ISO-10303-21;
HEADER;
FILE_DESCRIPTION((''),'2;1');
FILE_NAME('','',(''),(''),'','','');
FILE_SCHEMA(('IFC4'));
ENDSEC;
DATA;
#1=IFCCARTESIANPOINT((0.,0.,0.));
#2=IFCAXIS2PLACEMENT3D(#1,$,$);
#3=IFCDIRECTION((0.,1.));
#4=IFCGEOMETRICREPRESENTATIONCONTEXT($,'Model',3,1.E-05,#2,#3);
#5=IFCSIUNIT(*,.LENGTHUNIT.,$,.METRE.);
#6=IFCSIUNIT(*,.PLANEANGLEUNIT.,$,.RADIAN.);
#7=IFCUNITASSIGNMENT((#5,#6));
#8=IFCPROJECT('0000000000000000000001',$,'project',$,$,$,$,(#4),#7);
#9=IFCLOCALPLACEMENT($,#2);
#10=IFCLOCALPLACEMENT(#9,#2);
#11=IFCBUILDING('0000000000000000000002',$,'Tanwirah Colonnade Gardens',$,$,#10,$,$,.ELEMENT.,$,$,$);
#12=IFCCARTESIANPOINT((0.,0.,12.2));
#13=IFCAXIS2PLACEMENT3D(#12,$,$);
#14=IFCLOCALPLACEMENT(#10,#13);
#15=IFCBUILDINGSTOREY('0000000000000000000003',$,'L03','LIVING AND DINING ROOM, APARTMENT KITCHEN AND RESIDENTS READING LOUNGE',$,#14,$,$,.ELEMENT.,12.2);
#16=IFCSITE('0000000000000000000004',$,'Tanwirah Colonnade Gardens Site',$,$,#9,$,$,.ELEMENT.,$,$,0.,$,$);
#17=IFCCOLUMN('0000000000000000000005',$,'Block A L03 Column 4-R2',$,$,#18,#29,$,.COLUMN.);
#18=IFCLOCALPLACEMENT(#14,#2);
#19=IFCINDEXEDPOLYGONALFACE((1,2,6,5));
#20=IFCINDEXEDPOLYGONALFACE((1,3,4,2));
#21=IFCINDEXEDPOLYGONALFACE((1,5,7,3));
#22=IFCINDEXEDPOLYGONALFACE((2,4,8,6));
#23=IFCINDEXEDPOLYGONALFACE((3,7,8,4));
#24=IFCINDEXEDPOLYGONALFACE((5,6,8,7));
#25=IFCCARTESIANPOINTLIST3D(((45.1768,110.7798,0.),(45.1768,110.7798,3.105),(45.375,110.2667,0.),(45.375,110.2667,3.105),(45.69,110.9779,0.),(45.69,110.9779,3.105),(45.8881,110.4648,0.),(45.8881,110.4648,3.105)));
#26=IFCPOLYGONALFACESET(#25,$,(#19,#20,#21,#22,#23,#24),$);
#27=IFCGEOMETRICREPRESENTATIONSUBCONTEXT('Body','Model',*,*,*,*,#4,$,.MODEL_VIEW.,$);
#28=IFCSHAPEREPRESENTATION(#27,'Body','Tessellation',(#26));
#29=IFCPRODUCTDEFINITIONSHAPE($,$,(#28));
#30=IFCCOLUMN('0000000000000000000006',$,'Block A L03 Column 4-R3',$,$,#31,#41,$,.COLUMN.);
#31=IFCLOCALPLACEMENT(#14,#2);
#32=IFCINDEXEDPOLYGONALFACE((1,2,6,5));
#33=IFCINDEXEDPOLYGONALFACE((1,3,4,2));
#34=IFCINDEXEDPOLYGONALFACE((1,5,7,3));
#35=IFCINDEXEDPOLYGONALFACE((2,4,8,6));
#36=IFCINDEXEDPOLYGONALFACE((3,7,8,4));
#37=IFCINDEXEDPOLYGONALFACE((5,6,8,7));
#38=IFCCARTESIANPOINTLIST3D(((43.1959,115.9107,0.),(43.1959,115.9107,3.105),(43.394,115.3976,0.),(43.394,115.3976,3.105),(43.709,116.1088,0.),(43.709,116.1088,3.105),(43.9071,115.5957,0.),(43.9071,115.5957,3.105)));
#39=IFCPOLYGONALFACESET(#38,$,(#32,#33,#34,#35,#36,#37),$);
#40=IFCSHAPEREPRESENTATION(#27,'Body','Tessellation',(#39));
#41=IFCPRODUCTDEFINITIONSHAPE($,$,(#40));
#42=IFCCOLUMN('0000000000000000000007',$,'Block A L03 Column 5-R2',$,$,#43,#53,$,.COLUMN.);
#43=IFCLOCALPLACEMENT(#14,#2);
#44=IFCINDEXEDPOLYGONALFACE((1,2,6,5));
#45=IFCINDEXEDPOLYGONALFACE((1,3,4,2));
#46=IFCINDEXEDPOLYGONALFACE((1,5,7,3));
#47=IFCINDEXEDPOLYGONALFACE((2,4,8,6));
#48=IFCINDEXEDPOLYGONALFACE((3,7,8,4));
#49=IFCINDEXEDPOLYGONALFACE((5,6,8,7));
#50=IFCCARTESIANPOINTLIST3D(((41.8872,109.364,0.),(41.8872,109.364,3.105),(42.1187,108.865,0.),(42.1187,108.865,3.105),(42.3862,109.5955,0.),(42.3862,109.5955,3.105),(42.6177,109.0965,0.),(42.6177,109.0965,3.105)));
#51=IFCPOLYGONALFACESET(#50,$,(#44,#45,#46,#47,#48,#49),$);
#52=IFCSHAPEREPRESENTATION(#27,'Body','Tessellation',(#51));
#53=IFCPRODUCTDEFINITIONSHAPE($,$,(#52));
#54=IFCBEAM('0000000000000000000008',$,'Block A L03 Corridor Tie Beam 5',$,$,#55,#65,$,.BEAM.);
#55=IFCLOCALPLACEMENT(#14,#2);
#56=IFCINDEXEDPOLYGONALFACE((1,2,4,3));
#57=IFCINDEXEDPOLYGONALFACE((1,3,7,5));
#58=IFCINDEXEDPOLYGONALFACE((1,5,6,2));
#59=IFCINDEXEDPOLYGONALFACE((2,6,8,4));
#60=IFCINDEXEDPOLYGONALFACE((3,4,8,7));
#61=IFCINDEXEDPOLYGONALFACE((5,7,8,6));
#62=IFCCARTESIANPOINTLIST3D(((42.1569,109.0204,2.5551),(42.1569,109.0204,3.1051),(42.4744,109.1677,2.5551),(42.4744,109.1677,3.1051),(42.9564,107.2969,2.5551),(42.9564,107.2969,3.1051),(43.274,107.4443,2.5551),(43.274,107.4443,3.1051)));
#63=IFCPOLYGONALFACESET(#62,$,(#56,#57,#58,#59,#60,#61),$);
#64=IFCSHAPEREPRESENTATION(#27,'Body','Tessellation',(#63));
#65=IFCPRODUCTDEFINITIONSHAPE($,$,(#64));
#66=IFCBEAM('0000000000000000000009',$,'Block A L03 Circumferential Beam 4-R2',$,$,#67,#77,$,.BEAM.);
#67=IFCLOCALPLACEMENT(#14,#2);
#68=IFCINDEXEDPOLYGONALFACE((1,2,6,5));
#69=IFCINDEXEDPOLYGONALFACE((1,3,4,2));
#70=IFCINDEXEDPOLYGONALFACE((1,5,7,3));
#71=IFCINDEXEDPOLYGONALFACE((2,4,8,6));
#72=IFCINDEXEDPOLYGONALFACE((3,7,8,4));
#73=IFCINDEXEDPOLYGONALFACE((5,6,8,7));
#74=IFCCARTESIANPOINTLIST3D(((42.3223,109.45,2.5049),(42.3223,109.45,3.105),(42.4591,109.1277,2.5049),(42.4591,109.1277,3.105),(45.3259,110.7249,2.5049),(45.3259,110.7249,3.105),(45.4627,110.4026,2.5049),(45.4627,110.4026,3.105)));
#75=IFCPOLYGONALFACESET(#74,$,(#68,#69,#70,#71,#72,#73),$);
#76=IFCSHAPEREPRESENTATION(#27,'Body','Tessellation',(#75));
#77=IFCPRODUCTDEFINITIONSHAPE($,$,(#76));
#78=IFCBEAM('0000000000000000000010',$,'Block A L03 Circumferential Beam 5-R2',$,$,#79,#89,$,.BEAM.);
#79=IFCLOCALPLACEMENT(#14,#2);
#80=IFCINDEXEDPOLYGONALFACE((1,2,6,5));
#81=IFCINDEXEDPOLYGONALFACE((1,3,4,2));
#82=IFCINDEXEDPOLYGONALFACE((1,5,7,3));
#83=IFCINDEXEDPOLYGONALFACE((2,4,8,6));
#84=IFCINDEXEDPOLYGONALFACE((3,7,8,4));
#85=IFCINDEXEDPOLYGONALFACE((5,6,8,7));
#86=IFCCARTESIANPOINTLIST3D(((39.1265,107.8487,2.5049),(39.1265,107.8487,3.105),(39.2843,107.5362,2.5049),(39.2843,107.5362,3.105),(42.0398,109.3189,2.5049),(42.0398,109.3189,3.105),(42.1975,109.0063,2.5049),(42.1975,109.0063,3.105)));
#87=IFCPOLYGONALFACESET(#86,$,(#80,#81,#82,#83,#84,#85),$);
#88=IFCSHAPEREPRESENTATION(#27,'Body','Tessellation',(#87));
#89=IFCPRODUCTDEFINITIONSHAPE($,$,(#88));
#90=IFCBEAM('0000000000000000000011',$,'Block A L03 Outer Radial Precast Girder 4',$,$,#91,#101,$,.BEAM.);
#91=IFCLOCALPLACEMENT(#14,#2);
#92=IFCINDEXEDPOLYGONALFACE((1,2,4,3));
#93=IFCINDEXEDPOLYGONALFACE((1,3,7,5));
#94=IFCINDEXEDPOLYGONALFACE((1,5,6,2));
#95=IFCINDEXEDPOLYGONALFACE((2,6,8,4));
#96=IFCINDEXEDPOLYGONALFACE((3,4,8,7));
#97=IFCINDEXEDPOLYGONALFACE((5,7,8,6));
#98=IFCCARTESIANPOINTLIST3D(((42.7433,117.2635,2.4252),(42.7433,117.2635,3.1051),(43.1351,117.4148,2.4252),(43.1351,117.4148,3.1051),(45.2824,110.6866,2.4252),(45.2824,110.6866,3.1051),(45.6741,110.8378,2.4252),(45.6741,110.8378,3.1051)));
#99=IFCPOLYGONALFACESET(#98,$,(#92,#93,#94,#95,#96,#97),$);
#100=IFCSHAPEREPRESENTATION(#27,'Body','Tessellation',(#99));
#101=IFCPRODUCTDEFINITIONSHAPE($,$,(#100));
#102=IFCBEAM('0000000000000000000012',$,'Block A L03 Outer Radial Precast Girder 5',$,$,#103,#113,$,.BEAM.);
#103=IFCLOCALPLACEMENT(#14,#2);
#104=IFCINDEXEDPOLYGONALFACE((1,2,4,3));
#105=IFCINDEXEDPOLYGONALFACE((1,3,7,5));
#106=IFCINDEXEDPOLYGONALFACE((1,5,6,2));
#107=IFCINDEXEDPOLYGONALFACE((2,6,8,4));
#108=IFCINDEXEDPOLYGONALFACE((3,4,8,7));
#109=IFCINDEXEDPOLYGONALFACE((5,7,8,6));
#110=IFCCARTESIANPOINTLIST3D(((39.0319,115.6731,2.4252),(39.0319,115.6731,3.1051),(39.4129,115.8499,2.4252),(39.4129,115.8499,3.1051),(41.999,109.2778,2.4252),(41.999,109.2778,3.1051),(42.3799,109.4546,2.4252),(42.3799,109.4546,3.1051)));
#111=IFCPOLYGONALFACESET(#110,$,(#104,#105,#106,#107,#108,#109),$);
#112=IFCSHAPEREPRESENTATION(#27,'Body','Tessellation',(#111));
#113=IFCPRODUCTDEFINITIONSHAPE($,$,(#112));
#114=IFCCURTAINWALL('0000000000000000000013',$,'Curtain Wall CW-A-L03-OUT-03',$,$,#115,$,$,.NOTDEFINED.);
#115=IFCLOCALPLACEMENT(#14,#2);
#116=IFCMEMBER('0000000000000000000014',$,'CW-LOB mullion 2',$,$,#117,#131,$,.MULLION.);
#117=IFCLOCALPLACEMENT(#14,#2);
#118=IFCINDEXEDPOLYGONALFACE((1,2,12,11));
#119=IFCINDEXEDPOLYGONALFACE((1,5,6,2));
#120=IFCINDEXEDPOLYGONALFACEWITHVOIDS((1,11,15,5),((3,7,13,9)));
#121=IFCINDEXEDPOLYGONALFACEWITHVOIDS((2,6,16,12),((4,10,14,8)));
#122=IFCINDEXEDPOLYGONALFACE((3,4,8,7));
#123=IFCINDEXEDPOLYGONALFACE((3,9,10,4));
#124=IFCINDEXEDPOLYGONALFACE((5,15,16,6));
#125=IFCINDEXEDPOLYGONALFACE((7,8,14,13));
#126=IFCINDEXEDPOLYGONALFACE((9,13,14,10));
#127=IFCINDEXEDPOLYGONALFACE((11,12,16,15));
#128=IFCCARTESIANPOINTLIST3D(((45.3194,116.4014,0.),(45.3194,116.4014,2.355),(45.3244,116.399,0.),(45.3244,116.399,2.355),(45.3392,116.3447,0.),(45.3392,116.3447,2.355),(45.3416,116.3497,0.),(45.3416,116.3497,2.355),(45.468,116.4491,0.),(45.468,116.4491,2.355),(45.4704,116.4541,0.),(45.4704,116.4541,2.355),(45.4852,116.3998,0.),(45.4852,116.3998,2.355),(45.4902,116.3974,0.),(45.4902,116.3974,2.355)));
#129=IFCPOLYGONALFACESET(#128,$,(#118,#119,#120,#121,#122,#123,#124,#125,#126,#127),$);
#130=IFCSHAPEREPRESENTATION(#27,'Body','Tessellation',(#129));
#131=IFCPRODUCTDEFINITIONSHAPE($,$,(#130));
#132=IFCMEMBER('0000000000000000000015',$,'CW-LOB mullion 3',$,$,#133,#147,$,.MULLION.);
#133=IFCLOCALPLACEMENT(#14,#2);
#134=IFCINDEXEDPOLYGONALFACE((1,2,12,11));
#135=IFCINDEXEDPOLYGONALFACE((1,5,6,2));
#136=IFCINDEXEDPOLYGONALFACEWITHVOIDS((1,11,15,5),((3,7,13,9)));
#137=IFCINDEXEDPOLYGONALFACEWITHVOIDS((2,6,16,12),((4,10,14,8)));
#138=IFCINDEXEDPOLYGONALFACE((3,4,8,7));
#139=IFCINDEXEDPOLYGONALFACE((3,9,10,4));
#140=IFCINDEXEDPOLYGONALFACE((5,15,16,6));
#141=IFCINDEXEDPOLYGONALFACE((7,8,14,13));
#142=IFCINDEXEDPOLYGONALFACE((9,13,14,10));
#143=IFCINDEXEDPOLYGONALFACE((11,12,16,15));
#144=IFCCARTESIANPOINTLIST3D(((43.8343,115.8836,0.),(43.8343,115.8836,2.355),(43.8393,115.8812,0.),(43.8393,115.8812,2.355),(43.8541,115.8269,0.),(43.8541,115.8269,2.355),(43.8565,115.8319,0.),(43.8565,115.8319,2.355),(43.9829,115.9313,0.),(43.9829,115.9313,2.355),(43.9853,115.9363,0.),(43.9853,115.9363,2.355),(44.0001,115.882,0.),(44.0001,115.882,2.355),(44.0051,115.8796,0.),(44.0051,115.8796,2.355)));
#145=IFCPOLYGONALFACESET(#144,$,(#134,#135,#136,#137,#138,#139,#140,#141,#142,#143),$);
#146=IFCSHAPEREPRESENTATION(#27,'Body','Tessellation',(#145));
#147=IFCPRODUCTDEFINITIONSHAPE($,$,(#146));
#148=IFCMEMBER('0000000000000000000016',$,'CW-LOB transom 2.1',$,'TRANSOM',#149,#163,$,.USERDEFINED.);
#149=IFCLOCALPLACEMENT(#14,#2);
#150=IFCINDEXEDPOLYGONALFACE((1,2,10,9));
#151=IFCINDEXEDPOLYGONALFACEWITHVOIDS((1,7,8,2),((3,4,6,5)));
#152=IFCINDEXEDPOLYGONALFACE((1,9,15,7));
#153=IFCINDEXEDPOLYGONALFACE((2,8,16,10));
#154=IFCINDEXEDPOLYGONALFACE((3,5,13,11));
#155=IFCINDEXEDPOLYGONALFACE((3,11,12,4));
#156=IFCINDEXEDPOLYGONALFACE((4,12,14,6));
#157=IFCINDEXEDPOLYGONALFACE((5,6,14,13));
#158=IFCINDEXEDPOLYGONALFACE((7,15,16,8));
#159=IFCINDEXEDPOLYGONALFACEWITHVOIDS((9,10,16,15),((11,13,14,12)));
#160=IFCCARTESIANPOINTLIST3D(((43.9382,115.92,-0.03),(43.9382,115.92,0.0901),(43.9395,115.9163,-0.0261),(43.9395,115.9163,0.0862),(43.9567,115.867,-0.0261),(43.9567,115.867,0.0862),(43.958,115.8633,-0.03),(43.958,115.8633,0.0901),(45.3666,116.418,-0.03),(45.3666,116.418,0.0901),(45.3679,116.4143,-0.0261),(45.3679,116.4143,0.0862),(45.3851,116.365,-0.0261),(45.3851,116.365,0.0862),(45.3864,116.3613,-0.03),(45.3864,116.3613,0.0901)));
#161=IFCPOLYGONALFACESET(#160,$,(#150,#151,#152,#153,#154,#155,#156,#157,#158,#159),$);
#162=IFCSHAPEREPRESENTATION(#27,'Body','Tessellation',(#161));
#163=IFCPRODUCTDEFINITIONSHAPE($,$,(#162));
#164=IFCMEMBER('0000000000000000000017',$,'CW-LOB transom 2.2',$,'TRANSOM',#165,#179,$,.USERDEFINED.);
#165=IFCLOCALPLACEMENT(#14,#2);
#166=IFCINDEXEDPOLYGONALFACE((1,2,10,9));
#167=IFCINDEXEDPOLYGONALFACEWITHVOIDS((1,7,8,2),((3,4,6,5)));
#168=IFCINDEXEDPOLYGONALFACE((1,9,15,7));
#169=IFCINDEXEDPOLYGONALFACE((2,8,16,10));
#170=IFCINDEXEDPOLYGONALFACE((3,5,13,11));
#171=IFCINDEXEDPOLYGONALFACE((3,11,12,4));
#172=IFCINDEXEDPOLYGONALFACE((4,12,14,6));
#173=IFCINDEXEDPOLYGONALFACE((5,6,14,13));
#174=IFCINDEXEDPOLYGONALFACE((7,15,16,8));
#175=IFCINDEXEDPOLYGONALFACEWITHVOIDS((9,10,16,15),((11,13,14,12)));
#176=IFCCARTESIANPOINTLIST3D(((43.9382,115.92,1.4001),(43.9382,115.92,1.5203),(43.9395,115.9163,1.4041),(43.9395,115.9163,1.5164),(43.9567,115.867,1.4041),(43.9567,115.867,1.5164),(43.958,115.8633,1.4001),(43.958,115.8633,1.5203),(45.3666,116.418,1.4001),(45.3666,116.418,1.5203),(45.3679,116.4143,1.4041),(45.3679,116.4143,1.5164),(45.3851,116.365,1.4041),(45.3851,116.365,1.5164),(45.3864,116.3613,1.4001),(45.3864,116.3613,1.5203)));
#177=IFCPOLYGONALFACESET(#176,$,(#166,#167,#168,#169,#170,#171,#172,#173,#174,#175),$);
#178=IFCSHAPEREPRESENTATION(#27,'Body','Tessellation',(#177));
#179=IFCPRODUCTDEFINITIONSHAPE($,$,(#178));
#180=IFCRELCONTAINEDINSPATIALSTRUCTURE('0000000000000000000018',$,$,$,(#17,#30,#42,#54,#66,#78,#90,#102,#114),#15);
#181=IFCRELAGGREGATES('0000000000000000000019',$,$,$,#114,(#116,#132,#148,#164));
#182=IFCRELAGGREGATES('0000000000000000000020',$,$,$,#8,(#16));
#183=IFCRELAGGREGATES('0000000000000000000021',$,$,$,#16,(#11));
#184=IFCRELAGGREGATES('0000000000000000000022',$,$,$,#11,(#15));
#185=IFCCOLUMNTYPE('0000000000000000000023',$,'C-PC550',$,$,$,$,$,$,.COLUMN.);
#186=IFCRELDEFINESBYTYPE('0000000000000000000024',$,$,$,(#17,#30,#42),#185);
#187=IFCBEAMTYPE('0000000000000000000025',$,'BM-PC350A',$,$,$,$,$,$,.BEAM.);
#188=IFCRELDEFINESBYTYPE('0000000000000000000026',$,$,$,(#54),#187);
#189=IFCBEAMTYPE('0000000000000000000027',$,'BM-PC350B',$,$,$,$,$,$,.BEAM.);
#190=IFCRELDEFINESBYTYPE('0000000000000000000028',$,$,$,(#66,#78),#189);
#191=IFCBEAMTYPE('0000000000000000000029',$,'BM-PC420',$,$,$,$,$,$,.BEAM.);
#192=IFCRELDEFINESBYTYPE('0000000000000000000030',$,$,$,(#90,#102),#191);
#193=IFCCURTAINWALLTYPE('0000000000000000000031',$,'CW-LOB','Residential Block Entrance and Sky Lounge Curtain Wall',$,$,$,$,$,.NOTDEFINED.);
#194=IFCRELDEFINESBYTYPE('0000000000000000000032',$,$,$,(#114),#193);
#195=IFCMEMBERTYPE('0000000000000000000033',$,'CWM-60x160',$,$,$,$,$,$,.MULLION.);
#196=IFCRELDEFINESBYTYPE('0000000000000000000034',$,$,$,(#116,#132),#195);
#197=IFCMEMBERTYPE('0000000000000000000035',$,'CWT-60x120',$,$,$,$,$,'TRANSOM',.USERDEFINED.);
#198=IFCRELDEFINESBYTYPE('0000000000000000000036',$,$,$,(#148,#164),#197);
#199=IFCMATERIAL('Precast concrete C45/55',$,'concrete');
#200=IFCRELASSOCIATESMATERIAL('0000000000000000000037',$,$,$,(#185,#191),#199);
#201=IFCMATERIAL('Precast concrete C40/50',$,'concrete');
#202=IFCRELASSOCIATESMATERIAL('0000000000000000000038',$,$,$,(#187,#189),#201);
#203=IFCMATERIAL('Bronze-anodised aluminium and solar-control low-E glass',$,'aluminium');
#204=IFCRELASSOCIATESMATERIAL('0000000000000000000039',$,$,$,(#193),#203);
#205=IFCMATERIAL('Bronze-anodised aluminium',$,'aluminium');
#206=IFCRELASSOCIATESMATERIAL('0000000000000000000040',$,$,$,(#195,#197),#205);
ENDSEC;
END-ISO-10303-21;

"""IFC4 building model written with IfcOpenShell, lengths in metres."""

from ifc_helpers import new_model, si_unit, direction, frame, origin, origin_2d, place, context, subcontext, project, spatial, rectangle, hollow_rectangle, extrude, material, material_profile, profile_set, type_object, element, aggregate, save


model = new_model("IFC4")

# Units and contexts
model_context = context("Model", 3, precision=1e-05, world=origin(), true_north=direction((0.0, 1.0)))
body_context = subcontext(model_context, "Body", "Model", "MODEL_VIEW")
ifc_project = project(units=[si_unit("LENGTHUNIT", "METRE"), si_unit("PLANEANGLEUNIT", "RADIAN")], contexts=[model_context])

# Site, building, storey
site_placement = place(None, origin())
site = spatial("IfcSite", under=ifc_project, at=site_placement, Name="Tanwirah Colonnade Gardens Site", CompositionType="ELEMENT", RefElevation=0.0)
building_placement = place(site_placement, origin())
building = spatial("IfcBuilding", under=site, at=building_placement, Name="Tanwirah Colonnade Gardens", CompositionType="ELEMENT")
storey_placement = place(building_placement, frame((0.0, 0.0, 12.2)))
storey = spatial("IfcBuildingStorey", under=building, at=storey_placement, Name="L03", Description="LIVING AND DINING ROOM, APARTMENT KITCHEN AND RESIDENTS READING LOUNGE", CompositionType="ELEMENT", Elevation=12.2)

# Columns
ifc_material_1 = material(Name="Precast concrete C45/55", Category="concrete")
ifc_material_profile_1 = material_profile(ifc_material_1, rectangle(XDim=0.55, YDim=0.55, at=origin_2d()), Name="PC-COL 550x550")
ifc_profile_set_1 = profile_set([ifc_material_profile_1], Name="Precast concrete C45/55")
column_type = type_object("IfcColumnType", Name="C-PC550", PredefinedType="COLUMN", material=ifc_profile_set_1)
for number, where, z_axis, x_axis, name in (
    (1, (45.5325, 110.6223, 0.0), (0.0, 0.0, 1.0), (-0.360178, 0.932884, 0.0), "Block A L03 Column 4-R2"),
    (2, (43.5515, 115.7532, 0.0), (0.0, 0.0, 1.0), (-0.360178, 0.932884, 0.0), "Block A L03 Column 4-R3"),
    (3, (42.2524, 109.2302, 0.0), (0.0, 0.0, 1.0), (-0.42086, 0.907126, 0.0), "Block A L03 Column 5-R2"),
):
    element("IfcColumn", number, at=place(storey_placement, frame(where, z_axis=z_axis, x_axis=x_axis)), inside=storey, type_object=column_type, Name=name, PredefinedType="COLUMN", context=body_context, shape_type="SweptSolid", body=[
        extrude(rectangle(XDim=0.55, YDim=0.55, at=origin_2d()), origin(), (0.0, 0.0, 1.0), 3.105),
    ])

# Beams
ifc_material_2 = material(Name="Precast concrete C40/50", Category="concrete")
ifc_material_profile_2 = material_profile(ifc_material_2, rectangle(XDim=0.3501, YDim=0.55, at=origin_2d()), Name="PC-BM 350x550")
ifc_profile_set_2 = profile_set([ifc_material_profile_2], Name="Precast concrete C40/50")
beam_type_1 = type_object("IfcBeamType", Name="BM-PC350A", PredefinedType="BEAM", material=ifc_profile_set_2)
beam_1_placement = place(storey_placement, frame((43.1152, 107.3706, 2.8301), z_axis=(-0.420858, 0.907126, 0.0), x_axis=(-0.907126, -0.420858, 0.0)))
element("IfcBeam", 4, at=beam_1_placement, inside=storey, type_object=beam_type_1, Name="Block A L03 Corridor Tie Beam 5", PredefinedType="BEAM", context=body_context, shape_type="SweptSolid", body=[
    extrude(rectangle(XDim=0.3501, YDim=0.55, at=origin_2d()), origin(), (0.0, 0.0, 1.0), 1.8999),
])
ifc_material_profile_3 = material_profile(ifc_material_2, rectangle(XDim=0.3501, YDim=0.6001, at=origin_2d()), Name="PC-BM 350x600")
ifc_profile_set_3 = profile_set([ifc_material_profile_3], Name="Precast concrete C40/50")
beam_type_2 = type_object("IfcBeamType", Name="BM-PC350B", PredefinedType="BEAM", material=ifc_profile_set_3)
beam_2_placement = place(storey_placement, frame((45.3943, 110.5637, 2.8049), z_axis=(-0.920513, -0.390711, 0.0), x_axis=(0.390711, -0.920513, 0.0)))
element("IfcBeam", 5, at=beam_2_placement, inside=storey, type_object=beam_type_2, Name="Block A L03 Circumferential Beam 4-R2", PredefinedType="BEAM", context=body_context, shape_type="SweptSolid", body=[
    extrude(rectangle(XDim=0.3501, YDim=0.6001, at=origin_2d()), origin(), (0.0, 0.0, 1.0), 3.2629),
])
beam_3_placement = place(storey_placement, frame((42.1187, 109.1626, 2.8049), z_axis=(-0.89276, -0.450532, 0.0), x_axis=(0.450532, -0.89276, 0.0)))
element("IfcBeam", 6, at=beam_3_placement, inside=storey, type_object=beam_type_2, Name="Block A L03 Circumferential Beam 5-R2", PredefinedType="BEAM", context=body_context, shape_type="SweptSolid", body=[
    extrude(rectangle(XDim=0.3501, YDim=0.6001, at=origin_2d()), origin(), (0.0, 0.0, 1.0), 3.2632),
])
ifc_material_profile_4 = material_profile(ifc_material_1, rectangle(XDim=0.4199, YDim=0.6799, at=origin_2d()), Name="PC-BM 420x680")
ifc_profile_set_4 = profile_set([ifc_material_profile_4], Name="Precast concrete C45/55")
beam_type_3 = type_object("IfcBeamType", Name="BM-PC420", PredefinedType="BEAM", material=ifc_profile_set_4)
for number, where, z_axis, x_axis, name in (
    (7, (45.4783, 110.7622, 2.7651), (-0.360151, 0.932894, 0.0), (-0.932894, -0.360151, 0.0), "Block A L03 Outer Radial Precast Girder 4"),
    (8, (42.1895, 109.3662, 2.7651), (-0.420856, 0.907128, 0.0), (-0.907128, -0.420856, 0.0), "Block A L03 Outer Radial Precast Girder 5"),
):
    element("IfcBeam", number, at=place(storey_placement, frame(where, z_axis=z_axis, x_axis=x_axis)), inside=storey, type_object=beam_type_3, Name=name, PredefinedType="BEAM", context=body_context, shape_type="SweptSolid", body=[
        extrude(rectangle(XDim=0.4199, YDim=0.6799, at=origin_2d()), origin(), (0.0, 0.0, 1.0), 7.05),
    ])

# Curtain wall, members
ifc_material_3 = material(Name="Bronze-anodised aluminium and solar-control low-E glass", Category="aluminium")
curtain_wall_type = type_object("IfcCurtainWallType", Name="CW-LOB", Description="Residential Block Entrance and Sky Lounge Curtain Wall", PredefinedType="NOTDEFINED", material=ifc_material_3)
curtain_wall_placement = place(storey_placement, origin())
curtain_wall = element("IfcCurtainWall", 9, at=curtain_wall_placement, inside=storey, type_object=curtain_wall_type, Name="Curtain Wall CW-A-L03-OUT-03", PredefinedType="NOTDEFINED")
ifc_material_4 = material(Name="Bronze-anodised aluminium", Category="aluminium")
ifc_material_profile_5 = material_profile(ifc_material_4, hollow_rectangle(XDim=0.0601, YDim=0.1599, WallThickness=0.0039, at=origin_2d()), Name="CW-MUL 60x160x4")
ifc_profile_set_5 = profile_set([ifc_material_profile_5], Name="Bronze-anodised aluminium")
member_type_1 = type_object("IfcMemberType", Name="CWM-60x160", PredefinedType="MULLION", material=ifc_profile_set_5)
member_1_placement = place(storey_placement, frame((45.4048, 116.3994, 0.0), z_axis=(0.0, 0.0, 1.0), x_axis=(0.329233, -0.944249, 0.0)))
member_1 = element("IfcMember", 10, at=member_1_placement, type_object=member_type_1, Name="CW-LOB mullion 2", PredefinedType="MULLION", context=body_context, shape_type="SweptSolid", body=[
    extrude(hollow_rectangle(XDim=0.0601, YDim=0.1599, WallThickness=0.0039, at=origin_2d()), origin(), (0.0, 0.0, 1.0), 2.355),
])
member_2_placement = place(storey_placement, frame((43.9197, 115.8816, 0.0), z_axis=(0.0, 0.0, 1.0), x_axis=(0.329233, -0.944249, 0.0)))
member_2 = element("IfcMember", 11, at=member_2_placement, type_object=member_type_1, Name="CW-LOB mullion 3", PredefinedType="MULLION", context=body_context, shape_type="SweptSolid", body=[
    extrude(hollow_rectangle(XDim=0.0601, YDim=0.1599, WallThickness=0.0039, at=origin_2d()), origin(), (0.0, 0.0, 1.0), 2.355),
])
ifc_material_profile_6 = material_profile(ifc_material_4, hollow_rectangle(XDim=0.0601, YDim=0.1201, WallThickness=0.0039, at=origin_2d()), Name="CW-TRN 60x120x4")
ifc_profile_set_6 = profile_set([ifc_material_profile_6], Name="Bronze-anodised aluminium")
member_type_2 = type_object("IfcMemberType", Name="CWT-60x120", ElementType="TRANSOM", PredefinedType="USERDEFINED", material=ifc_profile_set_6)
member_3_placement = place(storey_placement, frame((45.3765, 116.3896, 0.03), z_axis=(-0.944253, -0.329222, 0.0), x_axis=(0.329222, -0.944253, 0.0)))
member_3 = element("IfcMember", 12, at=member_3_placement, type_object=member_type_2, Name="CW-LOB transom 2.1", ObjectType="TRANSOM", PredefinedType="USERDEFINED", context=body_context, shape_type="SweptSolid", body=[
    extrude(hollow_rectangle(XDim=0.0601, YDim=0.1201, WallThickness=0.0039, at=origin_2d()), origin(), (0.0, 0.0, 1.0), 1.5127),
])
member_4_placement = place(storey_placement, frame((45.3765, 116.3896, 1.4602), z_axis=(-0.944253, -0.329222, 0.0), x_axis=(0.329222, -0.944253, 0.0)))
member_4 = element("IfcMember", 13, at=member_4_placement, type_object=member_type_2, Name="CW-LOB transom 2.2", ObjectType="TRANSOM", PredefinedType="USERDEFINED", context=body_context, shape_type="SweptSolid", body=[
    extrude(hollow_rectangle(XDim=0.0601, YDim=0.1201, WallThickness=0.0039, at=origin_2d()), origin(), (0.0, 0.0, 1.0), 1.5127),
])

aggregate(curtain_wall, [member_1, member_2, member_3, member_4])

save(model, "model.ifc")
